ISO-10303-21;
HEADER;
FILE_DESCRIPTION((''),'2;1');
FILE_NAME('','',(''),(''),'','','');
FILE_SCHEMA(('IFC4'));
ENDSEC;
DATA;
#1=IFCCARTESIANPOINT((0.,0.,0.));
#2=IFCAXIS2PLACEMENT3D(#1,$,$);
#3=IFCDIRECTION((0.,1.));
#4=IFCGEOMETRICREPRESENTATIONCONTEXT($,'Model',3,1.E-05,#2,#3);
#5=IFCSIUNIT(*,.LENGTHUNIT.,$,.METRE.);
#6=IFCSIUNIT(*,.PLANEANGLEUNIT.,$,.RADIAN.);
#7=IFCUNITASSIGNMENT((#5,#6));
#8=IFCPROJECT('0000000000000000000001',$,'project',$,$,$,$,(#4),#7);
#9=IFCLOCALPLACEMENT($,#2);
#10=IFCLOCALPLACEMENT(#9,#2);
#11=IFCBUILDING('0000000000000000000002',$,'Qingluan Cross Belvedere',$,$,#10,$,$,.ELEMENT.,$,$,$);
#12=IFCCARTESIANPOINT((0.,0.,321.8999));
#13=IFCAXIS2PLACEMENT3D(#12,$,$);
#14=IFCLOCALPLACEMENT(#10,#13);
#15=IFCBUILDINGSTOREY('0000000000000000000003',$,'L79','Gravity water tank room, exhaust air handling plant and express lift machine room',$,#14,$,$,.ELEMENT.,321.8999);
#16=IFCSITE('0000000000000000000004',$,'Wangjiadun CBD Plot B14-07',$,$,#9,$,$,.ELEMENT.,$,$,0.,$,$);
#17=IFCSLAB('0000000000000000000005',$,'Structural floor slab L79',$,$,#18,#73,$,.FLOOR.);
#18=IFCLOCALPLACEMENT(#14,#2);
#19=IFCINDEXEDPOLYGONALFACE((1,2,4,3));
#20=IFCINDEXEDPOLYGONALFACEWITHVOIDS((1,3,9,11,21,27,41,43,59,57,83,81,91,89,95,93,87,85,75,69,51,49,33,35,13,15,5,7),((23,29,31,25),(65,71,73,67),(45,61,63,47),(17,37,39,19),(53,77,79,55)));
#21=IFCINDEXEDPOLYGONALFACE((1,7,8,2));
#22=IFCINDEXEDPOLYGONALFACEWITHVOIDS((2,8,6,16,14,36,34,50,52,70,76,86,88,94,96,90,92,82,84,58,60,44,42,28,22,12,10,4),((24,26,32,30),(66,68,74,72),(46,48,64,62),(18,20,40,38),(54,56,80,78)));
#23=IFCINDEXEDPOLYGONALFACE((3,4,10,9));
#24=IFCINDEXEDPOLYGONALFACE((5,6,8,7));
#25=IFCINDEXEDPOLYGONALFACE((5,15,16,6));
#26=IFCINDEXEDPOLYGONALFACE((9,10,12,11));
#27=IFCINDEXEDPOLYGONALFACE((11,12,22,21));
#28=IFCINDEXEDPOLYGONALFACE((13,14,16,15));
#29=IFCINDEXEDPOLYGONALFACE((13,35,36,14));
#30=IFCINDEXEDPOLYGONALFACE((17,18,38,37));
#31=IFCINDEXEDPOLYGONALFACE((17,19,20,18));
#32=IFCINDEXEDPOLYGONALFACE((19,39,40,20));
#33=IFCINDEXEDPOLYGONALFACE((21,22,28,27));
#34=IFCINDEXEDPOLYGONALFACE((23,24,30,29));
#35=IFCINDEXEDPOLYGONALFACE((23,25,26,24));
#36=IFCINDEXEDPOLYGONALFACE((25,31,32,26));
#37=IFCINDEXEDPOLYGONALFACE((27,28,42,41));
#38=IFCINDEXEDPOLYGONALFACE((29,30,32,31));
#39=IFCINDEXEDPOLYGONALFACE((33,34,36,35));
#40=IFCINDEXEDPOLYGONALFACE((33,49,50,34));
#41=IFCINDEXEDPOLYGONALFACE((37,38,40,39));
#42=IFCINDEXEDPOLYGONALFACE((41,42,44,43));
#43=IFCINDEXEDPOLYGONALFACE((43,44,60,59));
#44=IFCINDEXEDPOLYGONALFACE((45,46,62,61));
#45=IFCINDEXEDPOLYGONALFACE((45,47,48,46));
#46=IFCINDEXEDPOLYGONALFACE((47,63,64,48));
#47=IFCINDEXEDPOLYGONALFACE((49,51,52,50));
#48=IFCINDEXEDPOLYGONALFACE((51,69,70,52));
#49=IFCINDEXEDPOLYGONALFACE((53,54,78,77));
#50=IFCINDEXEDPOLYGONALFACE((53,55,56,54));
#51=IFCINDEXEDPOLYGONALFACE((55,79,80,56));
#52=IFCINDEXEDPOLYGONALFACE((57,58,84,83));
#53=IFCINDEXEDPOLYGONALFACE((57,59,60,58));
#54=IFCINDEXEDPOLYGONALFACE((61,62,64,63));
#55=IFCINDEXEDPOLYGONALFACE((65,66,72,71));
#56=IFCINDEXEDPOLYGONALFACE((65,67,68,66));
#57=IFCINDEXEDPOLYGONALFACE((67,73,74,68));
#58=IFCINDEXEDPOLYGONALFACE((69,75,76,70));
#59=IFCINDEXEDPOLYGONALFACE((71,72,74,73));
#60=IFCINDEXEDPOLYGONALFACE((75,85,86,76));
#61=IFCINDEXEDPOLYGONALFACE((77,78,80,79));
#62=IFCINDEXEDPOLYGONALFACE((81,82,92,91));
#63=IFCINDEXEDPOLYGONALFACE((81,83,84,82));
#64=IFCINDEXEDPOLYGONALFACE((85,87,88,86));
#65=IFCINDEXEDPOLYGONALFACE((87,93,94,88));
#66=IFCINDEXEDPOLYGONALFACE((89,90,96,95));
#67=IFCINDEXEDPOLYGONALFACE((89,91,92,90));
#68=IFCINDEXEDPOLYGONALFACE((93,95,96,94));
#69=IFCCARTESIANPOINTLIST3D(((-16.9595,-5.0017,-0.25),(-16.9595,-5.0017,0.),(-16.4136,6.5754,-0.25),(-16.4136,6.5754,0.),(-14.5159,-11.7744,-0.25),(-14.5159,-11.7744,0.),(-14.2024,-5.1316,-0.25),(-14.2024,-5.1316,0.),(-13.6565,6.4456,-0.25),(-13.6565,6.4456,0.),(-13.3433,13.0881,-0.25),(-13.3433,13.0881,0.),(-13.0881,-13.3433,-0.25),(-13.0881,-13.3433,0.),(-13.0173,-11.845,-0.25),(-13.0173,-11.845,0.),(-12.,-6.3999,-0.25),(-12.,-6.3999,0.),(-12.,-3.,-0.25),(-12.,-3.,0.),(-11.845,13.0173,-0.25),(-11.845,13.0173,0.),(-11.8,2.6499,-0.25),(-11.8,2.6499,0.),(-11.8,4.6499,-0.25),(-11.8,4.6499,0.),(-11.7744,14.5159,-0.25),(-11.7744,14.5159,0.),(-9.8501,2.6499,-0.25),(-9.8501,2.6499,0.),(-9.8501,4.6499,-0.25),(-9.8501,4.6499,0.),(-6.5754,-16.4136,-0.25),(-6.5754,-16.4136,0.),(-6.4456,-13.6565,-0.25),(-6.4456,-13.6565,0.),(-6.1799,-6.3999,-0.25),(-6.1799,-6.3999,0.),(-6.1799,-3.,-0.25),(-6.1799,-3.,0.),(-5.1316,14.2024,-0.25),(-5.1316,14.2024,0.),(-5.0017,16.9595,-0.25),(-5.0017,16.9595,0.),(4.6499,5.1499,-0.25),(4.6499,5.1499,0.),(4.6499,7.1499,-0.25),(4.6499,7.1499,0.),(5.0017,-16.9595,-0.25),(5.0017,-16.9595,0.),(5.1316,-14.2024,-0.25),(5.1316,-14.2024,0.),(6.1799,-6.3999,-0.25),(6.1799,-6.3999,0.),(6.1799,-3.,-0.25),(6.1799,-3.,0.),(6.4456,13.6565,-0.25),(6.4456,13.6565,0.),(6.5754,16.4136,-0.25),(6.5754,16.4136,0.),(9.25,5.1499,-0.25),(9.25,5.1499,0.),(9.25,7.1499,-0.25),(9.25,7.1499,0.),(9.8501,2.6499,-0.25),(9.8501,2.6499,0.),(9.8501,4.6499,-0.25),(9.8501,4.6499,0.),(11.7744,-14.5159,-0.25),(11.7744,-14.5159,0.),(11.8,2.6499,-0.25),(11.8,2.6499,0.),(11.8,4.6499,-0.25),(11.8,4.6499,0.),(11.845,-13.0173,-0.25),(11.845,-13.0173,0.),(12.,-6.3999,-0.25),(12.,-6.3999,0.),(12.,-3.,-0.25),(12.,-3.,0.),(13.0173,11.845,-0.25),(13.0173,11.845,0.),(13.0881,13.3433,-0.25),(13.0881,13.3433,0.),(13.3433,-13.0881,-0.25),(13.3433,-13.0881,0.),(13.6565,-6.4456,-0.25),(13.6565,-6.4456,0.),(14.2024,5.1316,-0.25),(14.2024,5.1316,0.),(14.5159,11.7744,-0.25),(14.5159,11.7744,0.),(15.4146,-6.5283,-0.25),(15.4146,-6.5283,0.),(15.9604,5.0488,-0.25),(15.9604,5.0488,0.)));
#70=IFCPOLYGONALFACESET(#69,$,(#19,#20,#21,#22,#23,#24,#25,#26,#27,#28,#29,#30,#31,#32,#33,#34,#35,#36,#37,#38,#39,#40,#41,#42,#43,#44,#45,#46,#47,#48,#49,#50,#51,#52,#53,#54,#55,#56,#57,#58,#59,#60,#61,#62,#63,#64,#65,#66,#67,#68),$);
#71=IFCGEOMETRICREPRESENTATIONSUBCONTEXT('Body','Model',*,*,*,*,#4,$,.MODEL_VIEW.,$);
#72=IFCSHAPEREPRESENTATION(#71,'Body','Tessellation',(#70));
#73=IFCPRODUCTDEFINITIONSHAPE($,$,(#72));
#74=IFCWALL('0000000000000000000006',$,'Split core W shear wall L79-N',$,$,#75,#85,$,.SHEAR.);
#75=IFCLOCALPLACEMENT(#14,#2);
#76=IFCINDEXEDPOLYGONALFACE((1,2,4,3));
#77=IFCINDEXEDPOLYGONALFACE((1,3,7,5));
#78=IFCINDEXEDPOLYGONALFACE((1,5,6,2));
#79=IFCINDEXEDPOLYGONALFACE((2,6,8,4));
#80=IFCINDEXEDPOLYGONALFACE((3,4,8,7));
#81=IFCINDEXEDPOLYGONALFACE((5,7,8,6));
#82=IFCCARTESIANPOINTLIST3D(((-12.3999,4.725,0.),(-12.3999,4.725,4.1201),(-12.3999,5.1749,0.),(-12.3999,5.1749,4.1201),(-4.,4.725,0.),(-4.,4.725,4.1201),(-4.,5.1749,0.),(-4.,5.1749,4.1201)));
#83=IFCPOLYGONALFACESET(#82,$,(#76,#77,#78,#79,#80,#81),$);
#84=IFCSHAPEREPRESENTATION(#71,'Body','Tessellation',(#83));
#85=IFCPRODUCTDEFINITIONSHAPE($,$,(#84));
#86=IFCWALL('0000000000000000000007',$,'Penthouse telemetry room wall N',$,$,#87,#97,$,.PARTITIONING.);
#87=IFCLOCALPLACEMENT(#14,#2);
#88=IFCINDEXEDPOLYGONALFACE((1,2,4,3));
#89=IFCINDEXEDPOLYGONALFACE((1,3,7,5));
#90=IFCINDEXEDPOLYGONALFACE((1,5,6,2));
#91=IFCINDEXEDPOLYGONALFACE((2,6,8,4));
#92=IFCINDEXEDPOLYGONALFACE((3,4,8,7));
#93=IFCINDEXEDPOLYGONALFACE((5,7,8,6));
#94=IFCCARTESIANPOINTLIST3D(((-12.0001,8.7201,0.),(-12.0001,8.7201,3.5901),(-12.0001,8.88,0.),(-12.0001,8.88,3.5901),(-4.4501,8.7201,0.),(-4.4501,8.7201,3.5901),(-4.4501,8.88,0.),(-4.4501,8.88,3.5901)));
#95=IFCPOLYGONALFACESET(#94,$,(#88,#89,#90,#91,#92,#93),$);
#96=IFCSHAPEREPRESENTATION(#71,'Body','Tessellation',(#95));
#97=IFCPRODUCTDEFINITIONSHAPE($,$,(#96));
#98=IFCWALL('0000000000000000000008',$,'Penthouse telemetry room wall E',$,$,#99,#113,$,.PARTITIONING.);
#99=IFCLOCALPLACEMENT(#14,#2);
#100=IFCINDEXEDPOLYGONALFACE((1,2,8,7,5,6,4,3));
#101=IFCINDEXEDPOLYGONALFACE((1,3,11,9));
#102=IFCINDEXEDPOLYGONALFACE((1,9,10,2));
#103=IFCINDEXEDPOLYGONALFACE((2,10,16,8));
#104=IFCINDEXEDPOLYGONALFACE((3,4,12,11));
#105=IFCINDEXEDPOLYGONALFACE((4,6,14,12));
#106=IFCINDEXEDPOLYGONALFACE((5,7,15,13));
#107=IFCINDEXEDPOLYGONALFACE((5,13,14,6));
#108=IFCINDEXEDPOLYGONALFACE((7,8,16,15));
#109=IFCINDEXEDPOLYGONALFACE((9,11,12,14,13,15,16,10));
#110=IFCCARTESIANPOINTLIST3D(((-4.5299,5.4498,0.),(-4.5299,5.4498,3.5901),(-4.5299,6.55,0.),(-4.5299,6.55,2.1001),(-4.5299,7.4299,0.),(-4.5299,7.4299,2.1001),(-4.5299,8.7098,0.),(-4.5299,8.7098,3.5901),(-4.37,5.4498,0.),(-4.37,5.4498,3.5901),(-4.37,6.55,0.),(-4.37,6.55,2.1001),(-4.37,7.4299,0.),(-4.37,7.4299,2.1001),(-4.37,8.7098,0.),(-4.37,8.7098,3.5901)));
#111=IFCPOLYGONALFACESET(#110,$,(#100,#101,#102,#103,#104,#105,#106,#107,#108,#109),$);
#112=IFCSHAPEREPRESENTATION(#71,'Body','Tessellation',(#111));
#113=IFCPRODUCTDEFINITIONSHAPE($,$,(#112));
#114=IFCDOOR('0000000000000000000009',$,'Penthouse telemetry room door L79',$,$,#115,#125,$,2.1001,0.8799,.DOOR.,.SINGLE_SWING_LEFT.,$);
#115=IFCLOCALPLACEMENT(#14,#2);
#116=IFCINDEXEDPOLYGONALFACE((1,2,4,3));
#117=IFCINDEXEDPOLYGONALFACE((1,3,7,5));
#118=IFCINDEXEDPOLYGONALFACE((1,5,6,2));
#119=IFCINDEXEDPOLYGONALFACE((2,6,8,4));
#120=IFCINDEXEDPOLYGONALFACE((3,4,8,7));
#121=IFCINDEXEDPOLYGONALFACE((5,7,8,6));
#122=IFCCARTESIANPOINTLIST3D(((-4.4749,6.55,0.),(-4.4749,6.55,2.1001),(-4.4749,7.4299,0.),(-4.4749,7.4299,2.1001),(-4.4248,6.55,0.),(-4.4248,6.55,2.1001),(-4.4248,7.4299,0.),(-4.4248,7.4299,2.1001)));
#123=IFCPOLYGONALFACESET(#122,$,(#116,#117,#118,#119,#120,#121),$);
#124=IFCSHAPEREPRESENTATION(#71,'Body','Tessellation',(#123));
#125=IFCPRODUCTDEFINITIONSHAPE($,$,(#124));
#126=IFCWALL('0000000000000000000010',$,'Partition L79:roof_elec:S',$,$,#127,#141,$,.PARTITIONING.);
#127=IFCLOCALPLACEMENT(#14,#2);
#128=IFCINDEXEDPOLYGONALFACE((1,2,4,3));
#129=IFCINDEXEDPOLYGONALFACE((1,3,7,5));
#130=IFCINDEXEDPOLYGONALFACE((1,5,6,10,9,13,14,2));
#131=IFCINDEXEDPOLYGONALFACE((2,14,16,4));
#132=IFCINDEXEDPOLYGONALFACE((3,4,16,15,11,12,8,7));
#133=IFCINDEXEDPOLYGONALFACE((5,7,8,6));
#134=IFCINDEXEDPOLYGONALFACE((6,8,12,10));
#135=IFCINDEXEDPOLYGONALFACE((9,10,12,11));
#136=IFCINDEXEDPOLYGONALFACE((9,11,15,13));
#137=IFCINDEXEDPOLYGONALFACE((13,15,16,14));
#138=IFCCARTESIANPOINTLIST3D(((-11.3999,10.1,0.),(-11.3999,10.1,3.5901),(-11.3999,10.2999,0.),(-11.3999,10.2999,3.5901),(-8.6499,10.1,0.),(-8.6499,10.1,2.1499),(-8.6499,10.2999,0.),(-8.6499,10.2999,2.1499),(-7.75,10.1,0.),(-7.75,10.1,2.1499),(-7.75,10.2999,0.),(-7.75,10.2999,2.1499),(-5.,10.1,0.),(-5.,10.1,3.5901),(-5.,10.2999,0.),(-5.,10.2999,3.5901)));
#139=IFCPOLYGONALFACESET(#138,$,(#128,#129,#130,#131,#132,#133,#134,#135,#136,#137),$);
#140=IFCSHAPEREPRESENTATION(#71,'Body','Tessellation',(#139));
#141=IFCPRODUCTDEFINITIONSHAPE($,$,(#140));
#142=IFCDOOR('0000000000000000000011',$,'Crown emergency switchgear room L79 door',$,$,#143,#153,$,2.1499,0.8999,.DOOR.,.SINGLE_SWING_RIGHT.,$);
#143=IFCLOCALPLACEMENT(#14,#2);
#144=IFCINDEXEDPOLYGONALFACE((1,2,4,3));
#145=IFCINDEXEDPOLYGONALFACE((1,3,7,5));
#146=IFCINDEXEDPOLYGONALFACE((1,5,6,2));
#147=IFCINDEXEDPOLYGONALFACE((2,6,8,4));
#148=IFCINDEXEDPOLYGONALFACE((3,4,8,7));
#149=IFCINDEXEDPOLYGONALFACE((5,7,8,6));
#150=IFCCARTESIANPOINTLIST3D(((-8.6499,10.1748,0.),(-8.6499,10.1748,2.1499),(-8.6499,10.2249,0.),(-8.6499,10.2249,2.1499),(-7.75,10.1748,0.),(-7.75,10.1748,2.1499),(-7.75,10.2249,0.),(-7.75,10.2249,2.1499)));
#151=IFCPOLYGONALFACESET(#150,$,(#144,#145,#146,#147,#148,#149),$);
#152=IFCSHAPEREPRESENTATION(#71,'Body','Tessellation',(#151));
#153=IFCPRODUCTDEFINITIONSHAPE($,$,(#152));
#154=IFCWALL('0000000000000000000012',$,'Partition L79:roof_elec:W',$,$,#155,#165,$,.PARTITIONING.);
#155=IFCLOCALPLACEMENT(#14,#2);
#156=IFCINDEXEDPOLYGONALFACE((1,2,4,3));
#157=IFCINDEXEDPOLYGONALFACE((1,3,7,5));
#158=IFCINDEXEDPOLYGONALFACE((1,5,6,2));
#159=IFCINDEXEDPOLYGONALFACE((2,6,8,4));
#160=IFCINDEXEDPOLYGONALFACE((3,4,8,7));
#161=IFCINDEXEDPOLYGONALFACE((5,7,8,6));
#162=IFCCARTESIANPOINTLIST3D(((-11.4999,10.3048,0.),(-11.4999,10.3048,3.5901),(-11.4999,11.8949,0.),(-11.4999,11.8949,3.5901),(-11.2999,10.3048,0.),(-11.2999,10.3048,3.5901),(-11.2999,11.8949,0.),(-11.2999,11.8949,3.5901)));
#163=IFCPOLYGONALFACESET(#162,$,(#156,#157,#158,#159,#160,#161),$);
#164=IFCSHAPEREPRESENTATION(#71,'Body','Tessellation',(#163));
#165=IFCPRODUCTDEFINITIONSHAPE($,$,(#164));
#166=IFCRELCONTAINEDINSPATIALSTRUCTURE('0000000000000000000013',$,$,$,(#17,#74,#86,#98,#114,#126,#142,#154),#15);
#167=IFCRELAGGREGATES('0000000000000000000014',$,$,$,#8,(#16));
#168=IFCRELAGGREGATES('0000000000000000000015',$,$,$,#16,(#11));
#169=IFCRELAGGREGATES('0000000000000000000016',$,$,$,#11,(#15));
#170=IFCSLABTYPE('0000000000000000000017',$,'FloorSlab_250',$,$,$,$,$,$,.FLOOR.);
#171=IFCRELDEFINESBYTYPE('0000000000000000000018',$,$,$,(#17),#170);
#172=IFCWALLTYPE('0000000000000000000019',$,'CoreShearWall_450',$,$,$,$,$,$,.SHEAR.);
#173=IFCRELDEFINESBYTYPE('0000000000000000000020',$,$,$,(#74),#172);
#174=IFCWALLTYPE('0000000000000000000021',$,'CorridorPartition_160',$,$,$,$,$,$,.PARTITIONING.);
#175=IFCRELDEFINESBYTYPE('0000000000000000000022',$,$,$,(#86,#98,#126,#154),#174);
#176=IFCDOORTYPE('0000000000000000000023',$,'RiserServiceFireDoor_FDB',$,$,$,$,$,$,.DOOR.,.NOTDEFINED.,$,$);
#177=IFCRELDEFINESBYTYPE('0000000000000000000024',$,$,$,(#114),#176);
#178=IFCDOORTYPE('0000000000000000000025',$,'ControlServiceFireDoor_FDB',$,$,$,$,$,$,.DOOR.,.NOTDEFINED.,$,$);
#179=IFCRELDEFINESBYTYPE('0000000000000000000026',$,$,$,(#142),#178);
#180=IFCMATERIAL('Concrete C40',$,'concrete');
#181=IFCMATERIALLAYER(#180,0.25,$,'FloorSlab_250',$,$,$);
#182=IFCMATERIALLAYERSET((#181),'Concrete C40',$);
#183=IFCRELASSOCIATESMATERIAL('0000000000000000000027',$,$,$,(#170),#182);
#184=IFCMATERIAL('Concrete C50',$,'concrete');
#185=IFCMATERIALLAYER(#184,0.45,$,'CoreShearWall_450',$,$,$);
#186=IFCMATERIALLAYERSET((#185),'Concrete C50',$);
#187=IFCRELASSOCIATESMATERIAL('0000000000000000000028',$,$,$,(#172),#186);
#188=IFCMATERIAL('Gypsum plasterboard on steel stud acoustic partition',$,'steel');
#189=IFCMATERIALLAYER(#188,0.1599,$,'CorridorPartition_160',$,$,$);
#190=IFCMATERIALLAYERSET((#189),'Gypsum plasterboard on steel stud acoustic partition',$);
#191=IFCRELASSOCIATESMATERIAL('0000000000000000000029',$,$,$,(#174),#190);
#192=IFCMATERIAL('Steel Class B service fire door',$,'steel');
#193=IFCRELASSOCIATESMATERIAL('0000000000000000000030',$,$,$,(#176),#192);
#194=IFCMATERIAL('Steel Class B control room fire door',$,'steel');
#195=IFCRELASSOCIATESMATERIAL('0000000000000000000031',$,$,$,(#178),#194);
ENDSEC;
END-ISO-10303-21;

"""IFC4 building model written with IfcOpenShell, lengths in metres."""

from ifc_helpers import new_model, si_unit, direction, frame, frame_2d, origin, place, context, subcontext, project, spatial, polyline, rectangle, outline, extrude, material, layer, layer_set, type_object, element, fill, save


model = new_model("IFC4")

# Units and contexts
model_context = context("Model", 3, precision=1e-05, world=origin(), true_north=direction((0.0, 1.0)))
body_context = subcontext(model_context, "Body", "Model", "MODEL_VIEW")
ifc_project = project(units=[si_unit("LENGTHUNIT", "METRE"), si_unit("PLANEANGLEUNIT", "RADIAN")], contexts=[model_context])

# Site, building, storey
site_placement = place(None, origin())
site = spatial("IfcSite", under=ifc_project, at=site_placement, Name="Wangjiadun CBD Plot B14-07", CompositionType="ELEMENT", RefElevation=0.0)
building_placement = place(site_placement, origin())
building = spatial("IfcBuilding", under=site, at=building_placement, Name="Qingluan Cross Belvedere", CompositionType="ELEMENT")
storey_placement = place(building_placement, frame((0.0, 0.0, 321.8999)))
storey = spatial("IfcBuildingStorey", under=building, at=storey_placement, Name="L79", Description="Gravity water tank room, exhaust air handling plant and express lift machine room", CompositionType="ELEMENT", Elevation=321.8999)

# Slab
ifc_material_1 = material(Name="Concrete C40", Category="concrete")
ifc_layer_1 = layer(ifc_material_1, 0.25, Name="FloorSlab_250")
ifc_layer_set_1 = layer_set([ifc_layer_1], Name="Concrete C40")
slab_type = type_object("IfcSlabType", Name="FloorSlab_250", PredefinedType="FLOOR", material=ifc_layer_set_1)
slab_placement = place(storey_placement, frame((0.0, 0.0, -0.25)))
element("IfcSlab", 1, at=slab_placement, inside=storey, type_object=slab_type, Name="Structural floor slab L79", PredefinedType="FLOOR", context=body_context, shape_type="SweptSolid", body=[
    extrude(outline(polyline([(5.0017, -16.9595), (5.1316, -14.2024), (11.7744, -14.5159), (11.845, -13.0173), (13.3433, -13.0881), (13.6565, -6.4456), (15.4146, -6.5283), (15.9604, 5.0488), (14.2024, 5.1316), (14.5159, 11.7744), (13.0173, 11.845), (13.0881, 13.3433), (6.4456, 13.6565), (6.5754, 16.4136), (-5.0017, 16.9595), (-5.1316, 14.2024), (-11.7744, 14.5159), (-11.845, 13.0173), (-13.3433, 13.0881), (-13.6565, 6.4456), (-16.4136, 6.5754), (-16.9595, -5.0017), (-14.2024, -5.1316), (-14.5159, -11.7744), (-13.0173, -11.845), (-13.0881, -13.3433), (-6.4456, -13.6565), (-6.5754, -16.4136), (5.0017, -16.9595)]), holes=[polyline([(-12.0, -3.0), (-6.1799, -3.0), (-6.1799, -6.3999), (-12.0, -6.3999), (-12.0, -3.0)]), polyline([(6.1799, -3.0), (12.0, -3.0), (12.0, -6.3999), (6.1799, -6.3999), (6.1799, -3.0)]), polyline([(-11.8, 4.6499), (-9.8501, 4.6499), (-9.8501, 2.6499), (-11.8, 2.6499), (-11.8, 4.6499)]), polyline([(9.8501, 4.6499), (11.8, 4.6499), (11.8, 2.6499), (9.8501, 2.6499), (9.8501, 4.6499)]), polyline([(4.6499, 7.1499), (9.25, 7.1499), (9.25, 5.1499), (4.6499, 5.1499), (4.6499, 7.1499)])]), origin(), (0.0, 0.0, 1.0), 0.25),
])

# Walls
ifc_material_2 = material(Name="Concrete C50", Category="concrete")
ifc_layer_2 = layer(ifc_material_2, 0.45, Name="CoreShearWall_450")
ifc_layer_set_2 = layer_set([ifc_layer_2], Name="Concrete C50")
wall_type_1 = type_object("IfcWallType", Name="CoreShearWall_450", PredefinedType="SHEAR", material=ifc_layer_set_2)
wall_1_placement = place(storey_placement, frame((-12.3999, 4.95, 0.0), z_axis=(0.0, 0.0, 1.0), x_axis=(1.0, 0.0, 0.0)))
element("IfcWall", 2, at=wall_1_placement, inside=storey, type_object=wall_type_1, Name="Split core W shear wall L79-N", PredefinedType="SHEAR", context=body_context, shape_type="SweptSolid", body=[
    extrude(rectangle(XDim=8.3999, YDim=0.45, at=frame_2d((4.2, 0.0))), origin(), (0.0, 0.0, 1.0), 4.1201),
])
ifc_material_3 = material(Name="Gypsum plasterboard on steel stud acoustic partition", Category="steel")
ifc_layer_3 = layer(ifc_material_3, 0.1599, Name="CorridorPartition_160")
ifc_layer_set_3 = layer_set([ifc_layer_3], Name="Gypsum plasterboard on steel stud acoustic partition")
wall_type_2 = type_object("IfcWallType", Name="CorridorPartition_160", PredefinedType="PARTITIONING", material=ifc_layer_set_3)
wall_2_placement = place(storey_placement, frame((-12.0, 8.8, 0.0), z_axis=(0.0, 0.0, 1.0), x_axis=(1.0, 0.0, 0.0)))
element("IfcWall", 3, at=wall_2_placement, inside=storey, type_object=wall_type_2, Name="Penthouse telemetry room wall N", PredefinedType="PARTITIONING", context=body_context, shape_type="SweptSolid", body=[
    extrude(rectangle(XDim=7.55, YDim=0.1599, at=frame_2d((3.7749, 0.0))), origin(), (0.0, 0.0, 1.0), 3.5901),
])

# Walls, openings, doors
wall_3_placement = place(storey_placement, frame((-4.45, 5.45, 0.0), z_axis=(0.0, 0.0, 1.0), x_axis=(0.0, 1.0, 0.0)))
wall_3 = element("IfcWall", 4, at=wall_3_placement, inside=storey, type_object=wall_type_2, Name="Penthouse telemetry room wall E", PredefinedType="PARTITIONING", context=body_context, shape_type="SweptSolid", body=[
    extrude(rectangle(XDim=3.26, YDim=0.1599, at=frame_2d((1.6299, 0.0))), origin(), (0.0, 0.0, 1.0), 3.5901),
])
opening_1_placement = place(wall_3_placement, frame((1.1001, 0.0, 0.0)))
opening_1 = element("IfcOpeningElement", 5, at=opening_1_placement, cuts=wall_3, PredefinedType="OPENING", context=body_context, shape_type="SweptSolid", body=[
    extrude(rectangle(XDim=0.8799, YDim=2.1001, at=frame_2d((0.4399, 1.05))), frame((0.0, 0.0898, 0.0), z_axis=(0.0, -1.0, 0.0), x_axis=(1.0, 0.0, 0.0)), (0.0, 0.0, 1.0), 0.1799),
])
ifc_material_4 = material(Name="Steel Class B service fire door", Category="steel")
door_type_1 = type_object("IfcDoorType", Name="RiserServiceFireDoor_FDB", OperationType="NOTDEFINED", PredefinedType="DOOR", material=ifc_material_4)
door_1_placement = place(opening_1_placement, origin())
door_1 = element("IfcDoor", 6, at=door_1_placement, inside=storey, type_object=door_type_1, Name="Penthouse telemetry room door L79", OperationType="SINGLE_SWING_LEFT", OverallHeight=2.1001, OverallWidth=0.8799, PredefinedType="DOOR", context=body_context, shape_type="SweptSolid", body=[
    extrude(rectangle(XDim=0.8799, YDim=2.1001, at=frame_2d((0.4399, 1.05))), frame((0.0, 0.0249, 0.0), z_axis=(0.0, -1.0, 0.0), x_axis=(1.0, 0.0, 0.0)), (0.0, 0.0, 1.0), 0.05),
])
fill(opening_1, door_1)
wall_4_placement = place(storey_placement, frame((-11.3999, 10.2, 0.0), z_axis=(0.0, 0.0, 1.0), x_axis=(1.0, 0.0, 0.0)))
wall_4 = element("IfcWall", 7, at=wall_4_placement, inside=storey, type_object=wall_type_2, Name="Partition L79:roof_elec:S", PredefinedType="PARTITIONING", context=body_context, shape_type="SweptSolid", body=[
    extrude(rectangle(XDim=6.3999, YDim=0.2, at=frame_2d((3.2, 0.0))), origin(), (0.0, 0.0, 1.0), 3.5901),
])
opening_2_placement = place(wall_4_placement, frame((2.75, 0.0, 0.0)))
opening_2 = element("IfcOpeningElement", 8, at=opening_2_placement, cuts=wall_4, PredefinedType="OPENING", context=body_context, shape_type="SweptSolid", body=[
    extrude(rectangle(XDim=0.8999, YDim=2.1499, at=frame_2d((0.45, 1.075))), frame((0.0, 0.1099, 0.0), z_axis=(0.0, -1.0, 0.0), x_axis=(1.0, 0.0, 0.0)), (0.0, 0.0, 1.0), 0.22),
])
ifc_material_5 = material(Name="Steel Class B control room fire door", Category="steel")
door_type_2 = type_object("IfcDoorType", Name="ControlServiceFireDoor_FDB", OperationType="NOTDEFINED", PredefinedType="DOOR", material=ifc_material_5)
door_2_placement = place(opening_2_placement, origin())
door_2 = element("IfcDoor", 9, at=door_2_placement, inside=storey, type_object=door_type_2, Name="Crown emergency switchgear room L79 door", OperationType="SINGLE_SWING_RIGHT", OverallHeight=2.1499, OverallWidth=0.8999, PredefinedType="DOOR", context=body_context, shape_type="SweptSolid", body=[
    extrude(rectangle(XDim=0.8999, YDim=2.1499, at=frame_2d((0.45, 1.075))), frame((0.0, 0.0249, 0.0), z_axis=(0.0, -1.0, 0.0), x_axis=(1.0, 0.0, 0.0)), (0.0, 0.0, 1.0), 0.05),
])
fill(opening_2, door_2)

# Wall
wall_5_placement = place(storey_placement, frame((-11.3999, 10.3049, 0.0), z_axis=(0.0, 0.0, 1.0), x_axis=(0.0, 1.0, 0.0)))
element("IfcWall", 10, at=wall_5_placement, inside=storey, type_object=wall_type_2, Name="Partition L79:roof_elec:W", PredefinedType="PARTITIONING", context=body_context, shape_type="SweptSolid", body=[
    extrude(rectangle(XDim=1.5901, YDim=0.2, at=frame_2d((0.7949, 0.0))), origin(), (0.0, 0.0, 1.0), 3.5901),
])

save(model, "model.ifc")
